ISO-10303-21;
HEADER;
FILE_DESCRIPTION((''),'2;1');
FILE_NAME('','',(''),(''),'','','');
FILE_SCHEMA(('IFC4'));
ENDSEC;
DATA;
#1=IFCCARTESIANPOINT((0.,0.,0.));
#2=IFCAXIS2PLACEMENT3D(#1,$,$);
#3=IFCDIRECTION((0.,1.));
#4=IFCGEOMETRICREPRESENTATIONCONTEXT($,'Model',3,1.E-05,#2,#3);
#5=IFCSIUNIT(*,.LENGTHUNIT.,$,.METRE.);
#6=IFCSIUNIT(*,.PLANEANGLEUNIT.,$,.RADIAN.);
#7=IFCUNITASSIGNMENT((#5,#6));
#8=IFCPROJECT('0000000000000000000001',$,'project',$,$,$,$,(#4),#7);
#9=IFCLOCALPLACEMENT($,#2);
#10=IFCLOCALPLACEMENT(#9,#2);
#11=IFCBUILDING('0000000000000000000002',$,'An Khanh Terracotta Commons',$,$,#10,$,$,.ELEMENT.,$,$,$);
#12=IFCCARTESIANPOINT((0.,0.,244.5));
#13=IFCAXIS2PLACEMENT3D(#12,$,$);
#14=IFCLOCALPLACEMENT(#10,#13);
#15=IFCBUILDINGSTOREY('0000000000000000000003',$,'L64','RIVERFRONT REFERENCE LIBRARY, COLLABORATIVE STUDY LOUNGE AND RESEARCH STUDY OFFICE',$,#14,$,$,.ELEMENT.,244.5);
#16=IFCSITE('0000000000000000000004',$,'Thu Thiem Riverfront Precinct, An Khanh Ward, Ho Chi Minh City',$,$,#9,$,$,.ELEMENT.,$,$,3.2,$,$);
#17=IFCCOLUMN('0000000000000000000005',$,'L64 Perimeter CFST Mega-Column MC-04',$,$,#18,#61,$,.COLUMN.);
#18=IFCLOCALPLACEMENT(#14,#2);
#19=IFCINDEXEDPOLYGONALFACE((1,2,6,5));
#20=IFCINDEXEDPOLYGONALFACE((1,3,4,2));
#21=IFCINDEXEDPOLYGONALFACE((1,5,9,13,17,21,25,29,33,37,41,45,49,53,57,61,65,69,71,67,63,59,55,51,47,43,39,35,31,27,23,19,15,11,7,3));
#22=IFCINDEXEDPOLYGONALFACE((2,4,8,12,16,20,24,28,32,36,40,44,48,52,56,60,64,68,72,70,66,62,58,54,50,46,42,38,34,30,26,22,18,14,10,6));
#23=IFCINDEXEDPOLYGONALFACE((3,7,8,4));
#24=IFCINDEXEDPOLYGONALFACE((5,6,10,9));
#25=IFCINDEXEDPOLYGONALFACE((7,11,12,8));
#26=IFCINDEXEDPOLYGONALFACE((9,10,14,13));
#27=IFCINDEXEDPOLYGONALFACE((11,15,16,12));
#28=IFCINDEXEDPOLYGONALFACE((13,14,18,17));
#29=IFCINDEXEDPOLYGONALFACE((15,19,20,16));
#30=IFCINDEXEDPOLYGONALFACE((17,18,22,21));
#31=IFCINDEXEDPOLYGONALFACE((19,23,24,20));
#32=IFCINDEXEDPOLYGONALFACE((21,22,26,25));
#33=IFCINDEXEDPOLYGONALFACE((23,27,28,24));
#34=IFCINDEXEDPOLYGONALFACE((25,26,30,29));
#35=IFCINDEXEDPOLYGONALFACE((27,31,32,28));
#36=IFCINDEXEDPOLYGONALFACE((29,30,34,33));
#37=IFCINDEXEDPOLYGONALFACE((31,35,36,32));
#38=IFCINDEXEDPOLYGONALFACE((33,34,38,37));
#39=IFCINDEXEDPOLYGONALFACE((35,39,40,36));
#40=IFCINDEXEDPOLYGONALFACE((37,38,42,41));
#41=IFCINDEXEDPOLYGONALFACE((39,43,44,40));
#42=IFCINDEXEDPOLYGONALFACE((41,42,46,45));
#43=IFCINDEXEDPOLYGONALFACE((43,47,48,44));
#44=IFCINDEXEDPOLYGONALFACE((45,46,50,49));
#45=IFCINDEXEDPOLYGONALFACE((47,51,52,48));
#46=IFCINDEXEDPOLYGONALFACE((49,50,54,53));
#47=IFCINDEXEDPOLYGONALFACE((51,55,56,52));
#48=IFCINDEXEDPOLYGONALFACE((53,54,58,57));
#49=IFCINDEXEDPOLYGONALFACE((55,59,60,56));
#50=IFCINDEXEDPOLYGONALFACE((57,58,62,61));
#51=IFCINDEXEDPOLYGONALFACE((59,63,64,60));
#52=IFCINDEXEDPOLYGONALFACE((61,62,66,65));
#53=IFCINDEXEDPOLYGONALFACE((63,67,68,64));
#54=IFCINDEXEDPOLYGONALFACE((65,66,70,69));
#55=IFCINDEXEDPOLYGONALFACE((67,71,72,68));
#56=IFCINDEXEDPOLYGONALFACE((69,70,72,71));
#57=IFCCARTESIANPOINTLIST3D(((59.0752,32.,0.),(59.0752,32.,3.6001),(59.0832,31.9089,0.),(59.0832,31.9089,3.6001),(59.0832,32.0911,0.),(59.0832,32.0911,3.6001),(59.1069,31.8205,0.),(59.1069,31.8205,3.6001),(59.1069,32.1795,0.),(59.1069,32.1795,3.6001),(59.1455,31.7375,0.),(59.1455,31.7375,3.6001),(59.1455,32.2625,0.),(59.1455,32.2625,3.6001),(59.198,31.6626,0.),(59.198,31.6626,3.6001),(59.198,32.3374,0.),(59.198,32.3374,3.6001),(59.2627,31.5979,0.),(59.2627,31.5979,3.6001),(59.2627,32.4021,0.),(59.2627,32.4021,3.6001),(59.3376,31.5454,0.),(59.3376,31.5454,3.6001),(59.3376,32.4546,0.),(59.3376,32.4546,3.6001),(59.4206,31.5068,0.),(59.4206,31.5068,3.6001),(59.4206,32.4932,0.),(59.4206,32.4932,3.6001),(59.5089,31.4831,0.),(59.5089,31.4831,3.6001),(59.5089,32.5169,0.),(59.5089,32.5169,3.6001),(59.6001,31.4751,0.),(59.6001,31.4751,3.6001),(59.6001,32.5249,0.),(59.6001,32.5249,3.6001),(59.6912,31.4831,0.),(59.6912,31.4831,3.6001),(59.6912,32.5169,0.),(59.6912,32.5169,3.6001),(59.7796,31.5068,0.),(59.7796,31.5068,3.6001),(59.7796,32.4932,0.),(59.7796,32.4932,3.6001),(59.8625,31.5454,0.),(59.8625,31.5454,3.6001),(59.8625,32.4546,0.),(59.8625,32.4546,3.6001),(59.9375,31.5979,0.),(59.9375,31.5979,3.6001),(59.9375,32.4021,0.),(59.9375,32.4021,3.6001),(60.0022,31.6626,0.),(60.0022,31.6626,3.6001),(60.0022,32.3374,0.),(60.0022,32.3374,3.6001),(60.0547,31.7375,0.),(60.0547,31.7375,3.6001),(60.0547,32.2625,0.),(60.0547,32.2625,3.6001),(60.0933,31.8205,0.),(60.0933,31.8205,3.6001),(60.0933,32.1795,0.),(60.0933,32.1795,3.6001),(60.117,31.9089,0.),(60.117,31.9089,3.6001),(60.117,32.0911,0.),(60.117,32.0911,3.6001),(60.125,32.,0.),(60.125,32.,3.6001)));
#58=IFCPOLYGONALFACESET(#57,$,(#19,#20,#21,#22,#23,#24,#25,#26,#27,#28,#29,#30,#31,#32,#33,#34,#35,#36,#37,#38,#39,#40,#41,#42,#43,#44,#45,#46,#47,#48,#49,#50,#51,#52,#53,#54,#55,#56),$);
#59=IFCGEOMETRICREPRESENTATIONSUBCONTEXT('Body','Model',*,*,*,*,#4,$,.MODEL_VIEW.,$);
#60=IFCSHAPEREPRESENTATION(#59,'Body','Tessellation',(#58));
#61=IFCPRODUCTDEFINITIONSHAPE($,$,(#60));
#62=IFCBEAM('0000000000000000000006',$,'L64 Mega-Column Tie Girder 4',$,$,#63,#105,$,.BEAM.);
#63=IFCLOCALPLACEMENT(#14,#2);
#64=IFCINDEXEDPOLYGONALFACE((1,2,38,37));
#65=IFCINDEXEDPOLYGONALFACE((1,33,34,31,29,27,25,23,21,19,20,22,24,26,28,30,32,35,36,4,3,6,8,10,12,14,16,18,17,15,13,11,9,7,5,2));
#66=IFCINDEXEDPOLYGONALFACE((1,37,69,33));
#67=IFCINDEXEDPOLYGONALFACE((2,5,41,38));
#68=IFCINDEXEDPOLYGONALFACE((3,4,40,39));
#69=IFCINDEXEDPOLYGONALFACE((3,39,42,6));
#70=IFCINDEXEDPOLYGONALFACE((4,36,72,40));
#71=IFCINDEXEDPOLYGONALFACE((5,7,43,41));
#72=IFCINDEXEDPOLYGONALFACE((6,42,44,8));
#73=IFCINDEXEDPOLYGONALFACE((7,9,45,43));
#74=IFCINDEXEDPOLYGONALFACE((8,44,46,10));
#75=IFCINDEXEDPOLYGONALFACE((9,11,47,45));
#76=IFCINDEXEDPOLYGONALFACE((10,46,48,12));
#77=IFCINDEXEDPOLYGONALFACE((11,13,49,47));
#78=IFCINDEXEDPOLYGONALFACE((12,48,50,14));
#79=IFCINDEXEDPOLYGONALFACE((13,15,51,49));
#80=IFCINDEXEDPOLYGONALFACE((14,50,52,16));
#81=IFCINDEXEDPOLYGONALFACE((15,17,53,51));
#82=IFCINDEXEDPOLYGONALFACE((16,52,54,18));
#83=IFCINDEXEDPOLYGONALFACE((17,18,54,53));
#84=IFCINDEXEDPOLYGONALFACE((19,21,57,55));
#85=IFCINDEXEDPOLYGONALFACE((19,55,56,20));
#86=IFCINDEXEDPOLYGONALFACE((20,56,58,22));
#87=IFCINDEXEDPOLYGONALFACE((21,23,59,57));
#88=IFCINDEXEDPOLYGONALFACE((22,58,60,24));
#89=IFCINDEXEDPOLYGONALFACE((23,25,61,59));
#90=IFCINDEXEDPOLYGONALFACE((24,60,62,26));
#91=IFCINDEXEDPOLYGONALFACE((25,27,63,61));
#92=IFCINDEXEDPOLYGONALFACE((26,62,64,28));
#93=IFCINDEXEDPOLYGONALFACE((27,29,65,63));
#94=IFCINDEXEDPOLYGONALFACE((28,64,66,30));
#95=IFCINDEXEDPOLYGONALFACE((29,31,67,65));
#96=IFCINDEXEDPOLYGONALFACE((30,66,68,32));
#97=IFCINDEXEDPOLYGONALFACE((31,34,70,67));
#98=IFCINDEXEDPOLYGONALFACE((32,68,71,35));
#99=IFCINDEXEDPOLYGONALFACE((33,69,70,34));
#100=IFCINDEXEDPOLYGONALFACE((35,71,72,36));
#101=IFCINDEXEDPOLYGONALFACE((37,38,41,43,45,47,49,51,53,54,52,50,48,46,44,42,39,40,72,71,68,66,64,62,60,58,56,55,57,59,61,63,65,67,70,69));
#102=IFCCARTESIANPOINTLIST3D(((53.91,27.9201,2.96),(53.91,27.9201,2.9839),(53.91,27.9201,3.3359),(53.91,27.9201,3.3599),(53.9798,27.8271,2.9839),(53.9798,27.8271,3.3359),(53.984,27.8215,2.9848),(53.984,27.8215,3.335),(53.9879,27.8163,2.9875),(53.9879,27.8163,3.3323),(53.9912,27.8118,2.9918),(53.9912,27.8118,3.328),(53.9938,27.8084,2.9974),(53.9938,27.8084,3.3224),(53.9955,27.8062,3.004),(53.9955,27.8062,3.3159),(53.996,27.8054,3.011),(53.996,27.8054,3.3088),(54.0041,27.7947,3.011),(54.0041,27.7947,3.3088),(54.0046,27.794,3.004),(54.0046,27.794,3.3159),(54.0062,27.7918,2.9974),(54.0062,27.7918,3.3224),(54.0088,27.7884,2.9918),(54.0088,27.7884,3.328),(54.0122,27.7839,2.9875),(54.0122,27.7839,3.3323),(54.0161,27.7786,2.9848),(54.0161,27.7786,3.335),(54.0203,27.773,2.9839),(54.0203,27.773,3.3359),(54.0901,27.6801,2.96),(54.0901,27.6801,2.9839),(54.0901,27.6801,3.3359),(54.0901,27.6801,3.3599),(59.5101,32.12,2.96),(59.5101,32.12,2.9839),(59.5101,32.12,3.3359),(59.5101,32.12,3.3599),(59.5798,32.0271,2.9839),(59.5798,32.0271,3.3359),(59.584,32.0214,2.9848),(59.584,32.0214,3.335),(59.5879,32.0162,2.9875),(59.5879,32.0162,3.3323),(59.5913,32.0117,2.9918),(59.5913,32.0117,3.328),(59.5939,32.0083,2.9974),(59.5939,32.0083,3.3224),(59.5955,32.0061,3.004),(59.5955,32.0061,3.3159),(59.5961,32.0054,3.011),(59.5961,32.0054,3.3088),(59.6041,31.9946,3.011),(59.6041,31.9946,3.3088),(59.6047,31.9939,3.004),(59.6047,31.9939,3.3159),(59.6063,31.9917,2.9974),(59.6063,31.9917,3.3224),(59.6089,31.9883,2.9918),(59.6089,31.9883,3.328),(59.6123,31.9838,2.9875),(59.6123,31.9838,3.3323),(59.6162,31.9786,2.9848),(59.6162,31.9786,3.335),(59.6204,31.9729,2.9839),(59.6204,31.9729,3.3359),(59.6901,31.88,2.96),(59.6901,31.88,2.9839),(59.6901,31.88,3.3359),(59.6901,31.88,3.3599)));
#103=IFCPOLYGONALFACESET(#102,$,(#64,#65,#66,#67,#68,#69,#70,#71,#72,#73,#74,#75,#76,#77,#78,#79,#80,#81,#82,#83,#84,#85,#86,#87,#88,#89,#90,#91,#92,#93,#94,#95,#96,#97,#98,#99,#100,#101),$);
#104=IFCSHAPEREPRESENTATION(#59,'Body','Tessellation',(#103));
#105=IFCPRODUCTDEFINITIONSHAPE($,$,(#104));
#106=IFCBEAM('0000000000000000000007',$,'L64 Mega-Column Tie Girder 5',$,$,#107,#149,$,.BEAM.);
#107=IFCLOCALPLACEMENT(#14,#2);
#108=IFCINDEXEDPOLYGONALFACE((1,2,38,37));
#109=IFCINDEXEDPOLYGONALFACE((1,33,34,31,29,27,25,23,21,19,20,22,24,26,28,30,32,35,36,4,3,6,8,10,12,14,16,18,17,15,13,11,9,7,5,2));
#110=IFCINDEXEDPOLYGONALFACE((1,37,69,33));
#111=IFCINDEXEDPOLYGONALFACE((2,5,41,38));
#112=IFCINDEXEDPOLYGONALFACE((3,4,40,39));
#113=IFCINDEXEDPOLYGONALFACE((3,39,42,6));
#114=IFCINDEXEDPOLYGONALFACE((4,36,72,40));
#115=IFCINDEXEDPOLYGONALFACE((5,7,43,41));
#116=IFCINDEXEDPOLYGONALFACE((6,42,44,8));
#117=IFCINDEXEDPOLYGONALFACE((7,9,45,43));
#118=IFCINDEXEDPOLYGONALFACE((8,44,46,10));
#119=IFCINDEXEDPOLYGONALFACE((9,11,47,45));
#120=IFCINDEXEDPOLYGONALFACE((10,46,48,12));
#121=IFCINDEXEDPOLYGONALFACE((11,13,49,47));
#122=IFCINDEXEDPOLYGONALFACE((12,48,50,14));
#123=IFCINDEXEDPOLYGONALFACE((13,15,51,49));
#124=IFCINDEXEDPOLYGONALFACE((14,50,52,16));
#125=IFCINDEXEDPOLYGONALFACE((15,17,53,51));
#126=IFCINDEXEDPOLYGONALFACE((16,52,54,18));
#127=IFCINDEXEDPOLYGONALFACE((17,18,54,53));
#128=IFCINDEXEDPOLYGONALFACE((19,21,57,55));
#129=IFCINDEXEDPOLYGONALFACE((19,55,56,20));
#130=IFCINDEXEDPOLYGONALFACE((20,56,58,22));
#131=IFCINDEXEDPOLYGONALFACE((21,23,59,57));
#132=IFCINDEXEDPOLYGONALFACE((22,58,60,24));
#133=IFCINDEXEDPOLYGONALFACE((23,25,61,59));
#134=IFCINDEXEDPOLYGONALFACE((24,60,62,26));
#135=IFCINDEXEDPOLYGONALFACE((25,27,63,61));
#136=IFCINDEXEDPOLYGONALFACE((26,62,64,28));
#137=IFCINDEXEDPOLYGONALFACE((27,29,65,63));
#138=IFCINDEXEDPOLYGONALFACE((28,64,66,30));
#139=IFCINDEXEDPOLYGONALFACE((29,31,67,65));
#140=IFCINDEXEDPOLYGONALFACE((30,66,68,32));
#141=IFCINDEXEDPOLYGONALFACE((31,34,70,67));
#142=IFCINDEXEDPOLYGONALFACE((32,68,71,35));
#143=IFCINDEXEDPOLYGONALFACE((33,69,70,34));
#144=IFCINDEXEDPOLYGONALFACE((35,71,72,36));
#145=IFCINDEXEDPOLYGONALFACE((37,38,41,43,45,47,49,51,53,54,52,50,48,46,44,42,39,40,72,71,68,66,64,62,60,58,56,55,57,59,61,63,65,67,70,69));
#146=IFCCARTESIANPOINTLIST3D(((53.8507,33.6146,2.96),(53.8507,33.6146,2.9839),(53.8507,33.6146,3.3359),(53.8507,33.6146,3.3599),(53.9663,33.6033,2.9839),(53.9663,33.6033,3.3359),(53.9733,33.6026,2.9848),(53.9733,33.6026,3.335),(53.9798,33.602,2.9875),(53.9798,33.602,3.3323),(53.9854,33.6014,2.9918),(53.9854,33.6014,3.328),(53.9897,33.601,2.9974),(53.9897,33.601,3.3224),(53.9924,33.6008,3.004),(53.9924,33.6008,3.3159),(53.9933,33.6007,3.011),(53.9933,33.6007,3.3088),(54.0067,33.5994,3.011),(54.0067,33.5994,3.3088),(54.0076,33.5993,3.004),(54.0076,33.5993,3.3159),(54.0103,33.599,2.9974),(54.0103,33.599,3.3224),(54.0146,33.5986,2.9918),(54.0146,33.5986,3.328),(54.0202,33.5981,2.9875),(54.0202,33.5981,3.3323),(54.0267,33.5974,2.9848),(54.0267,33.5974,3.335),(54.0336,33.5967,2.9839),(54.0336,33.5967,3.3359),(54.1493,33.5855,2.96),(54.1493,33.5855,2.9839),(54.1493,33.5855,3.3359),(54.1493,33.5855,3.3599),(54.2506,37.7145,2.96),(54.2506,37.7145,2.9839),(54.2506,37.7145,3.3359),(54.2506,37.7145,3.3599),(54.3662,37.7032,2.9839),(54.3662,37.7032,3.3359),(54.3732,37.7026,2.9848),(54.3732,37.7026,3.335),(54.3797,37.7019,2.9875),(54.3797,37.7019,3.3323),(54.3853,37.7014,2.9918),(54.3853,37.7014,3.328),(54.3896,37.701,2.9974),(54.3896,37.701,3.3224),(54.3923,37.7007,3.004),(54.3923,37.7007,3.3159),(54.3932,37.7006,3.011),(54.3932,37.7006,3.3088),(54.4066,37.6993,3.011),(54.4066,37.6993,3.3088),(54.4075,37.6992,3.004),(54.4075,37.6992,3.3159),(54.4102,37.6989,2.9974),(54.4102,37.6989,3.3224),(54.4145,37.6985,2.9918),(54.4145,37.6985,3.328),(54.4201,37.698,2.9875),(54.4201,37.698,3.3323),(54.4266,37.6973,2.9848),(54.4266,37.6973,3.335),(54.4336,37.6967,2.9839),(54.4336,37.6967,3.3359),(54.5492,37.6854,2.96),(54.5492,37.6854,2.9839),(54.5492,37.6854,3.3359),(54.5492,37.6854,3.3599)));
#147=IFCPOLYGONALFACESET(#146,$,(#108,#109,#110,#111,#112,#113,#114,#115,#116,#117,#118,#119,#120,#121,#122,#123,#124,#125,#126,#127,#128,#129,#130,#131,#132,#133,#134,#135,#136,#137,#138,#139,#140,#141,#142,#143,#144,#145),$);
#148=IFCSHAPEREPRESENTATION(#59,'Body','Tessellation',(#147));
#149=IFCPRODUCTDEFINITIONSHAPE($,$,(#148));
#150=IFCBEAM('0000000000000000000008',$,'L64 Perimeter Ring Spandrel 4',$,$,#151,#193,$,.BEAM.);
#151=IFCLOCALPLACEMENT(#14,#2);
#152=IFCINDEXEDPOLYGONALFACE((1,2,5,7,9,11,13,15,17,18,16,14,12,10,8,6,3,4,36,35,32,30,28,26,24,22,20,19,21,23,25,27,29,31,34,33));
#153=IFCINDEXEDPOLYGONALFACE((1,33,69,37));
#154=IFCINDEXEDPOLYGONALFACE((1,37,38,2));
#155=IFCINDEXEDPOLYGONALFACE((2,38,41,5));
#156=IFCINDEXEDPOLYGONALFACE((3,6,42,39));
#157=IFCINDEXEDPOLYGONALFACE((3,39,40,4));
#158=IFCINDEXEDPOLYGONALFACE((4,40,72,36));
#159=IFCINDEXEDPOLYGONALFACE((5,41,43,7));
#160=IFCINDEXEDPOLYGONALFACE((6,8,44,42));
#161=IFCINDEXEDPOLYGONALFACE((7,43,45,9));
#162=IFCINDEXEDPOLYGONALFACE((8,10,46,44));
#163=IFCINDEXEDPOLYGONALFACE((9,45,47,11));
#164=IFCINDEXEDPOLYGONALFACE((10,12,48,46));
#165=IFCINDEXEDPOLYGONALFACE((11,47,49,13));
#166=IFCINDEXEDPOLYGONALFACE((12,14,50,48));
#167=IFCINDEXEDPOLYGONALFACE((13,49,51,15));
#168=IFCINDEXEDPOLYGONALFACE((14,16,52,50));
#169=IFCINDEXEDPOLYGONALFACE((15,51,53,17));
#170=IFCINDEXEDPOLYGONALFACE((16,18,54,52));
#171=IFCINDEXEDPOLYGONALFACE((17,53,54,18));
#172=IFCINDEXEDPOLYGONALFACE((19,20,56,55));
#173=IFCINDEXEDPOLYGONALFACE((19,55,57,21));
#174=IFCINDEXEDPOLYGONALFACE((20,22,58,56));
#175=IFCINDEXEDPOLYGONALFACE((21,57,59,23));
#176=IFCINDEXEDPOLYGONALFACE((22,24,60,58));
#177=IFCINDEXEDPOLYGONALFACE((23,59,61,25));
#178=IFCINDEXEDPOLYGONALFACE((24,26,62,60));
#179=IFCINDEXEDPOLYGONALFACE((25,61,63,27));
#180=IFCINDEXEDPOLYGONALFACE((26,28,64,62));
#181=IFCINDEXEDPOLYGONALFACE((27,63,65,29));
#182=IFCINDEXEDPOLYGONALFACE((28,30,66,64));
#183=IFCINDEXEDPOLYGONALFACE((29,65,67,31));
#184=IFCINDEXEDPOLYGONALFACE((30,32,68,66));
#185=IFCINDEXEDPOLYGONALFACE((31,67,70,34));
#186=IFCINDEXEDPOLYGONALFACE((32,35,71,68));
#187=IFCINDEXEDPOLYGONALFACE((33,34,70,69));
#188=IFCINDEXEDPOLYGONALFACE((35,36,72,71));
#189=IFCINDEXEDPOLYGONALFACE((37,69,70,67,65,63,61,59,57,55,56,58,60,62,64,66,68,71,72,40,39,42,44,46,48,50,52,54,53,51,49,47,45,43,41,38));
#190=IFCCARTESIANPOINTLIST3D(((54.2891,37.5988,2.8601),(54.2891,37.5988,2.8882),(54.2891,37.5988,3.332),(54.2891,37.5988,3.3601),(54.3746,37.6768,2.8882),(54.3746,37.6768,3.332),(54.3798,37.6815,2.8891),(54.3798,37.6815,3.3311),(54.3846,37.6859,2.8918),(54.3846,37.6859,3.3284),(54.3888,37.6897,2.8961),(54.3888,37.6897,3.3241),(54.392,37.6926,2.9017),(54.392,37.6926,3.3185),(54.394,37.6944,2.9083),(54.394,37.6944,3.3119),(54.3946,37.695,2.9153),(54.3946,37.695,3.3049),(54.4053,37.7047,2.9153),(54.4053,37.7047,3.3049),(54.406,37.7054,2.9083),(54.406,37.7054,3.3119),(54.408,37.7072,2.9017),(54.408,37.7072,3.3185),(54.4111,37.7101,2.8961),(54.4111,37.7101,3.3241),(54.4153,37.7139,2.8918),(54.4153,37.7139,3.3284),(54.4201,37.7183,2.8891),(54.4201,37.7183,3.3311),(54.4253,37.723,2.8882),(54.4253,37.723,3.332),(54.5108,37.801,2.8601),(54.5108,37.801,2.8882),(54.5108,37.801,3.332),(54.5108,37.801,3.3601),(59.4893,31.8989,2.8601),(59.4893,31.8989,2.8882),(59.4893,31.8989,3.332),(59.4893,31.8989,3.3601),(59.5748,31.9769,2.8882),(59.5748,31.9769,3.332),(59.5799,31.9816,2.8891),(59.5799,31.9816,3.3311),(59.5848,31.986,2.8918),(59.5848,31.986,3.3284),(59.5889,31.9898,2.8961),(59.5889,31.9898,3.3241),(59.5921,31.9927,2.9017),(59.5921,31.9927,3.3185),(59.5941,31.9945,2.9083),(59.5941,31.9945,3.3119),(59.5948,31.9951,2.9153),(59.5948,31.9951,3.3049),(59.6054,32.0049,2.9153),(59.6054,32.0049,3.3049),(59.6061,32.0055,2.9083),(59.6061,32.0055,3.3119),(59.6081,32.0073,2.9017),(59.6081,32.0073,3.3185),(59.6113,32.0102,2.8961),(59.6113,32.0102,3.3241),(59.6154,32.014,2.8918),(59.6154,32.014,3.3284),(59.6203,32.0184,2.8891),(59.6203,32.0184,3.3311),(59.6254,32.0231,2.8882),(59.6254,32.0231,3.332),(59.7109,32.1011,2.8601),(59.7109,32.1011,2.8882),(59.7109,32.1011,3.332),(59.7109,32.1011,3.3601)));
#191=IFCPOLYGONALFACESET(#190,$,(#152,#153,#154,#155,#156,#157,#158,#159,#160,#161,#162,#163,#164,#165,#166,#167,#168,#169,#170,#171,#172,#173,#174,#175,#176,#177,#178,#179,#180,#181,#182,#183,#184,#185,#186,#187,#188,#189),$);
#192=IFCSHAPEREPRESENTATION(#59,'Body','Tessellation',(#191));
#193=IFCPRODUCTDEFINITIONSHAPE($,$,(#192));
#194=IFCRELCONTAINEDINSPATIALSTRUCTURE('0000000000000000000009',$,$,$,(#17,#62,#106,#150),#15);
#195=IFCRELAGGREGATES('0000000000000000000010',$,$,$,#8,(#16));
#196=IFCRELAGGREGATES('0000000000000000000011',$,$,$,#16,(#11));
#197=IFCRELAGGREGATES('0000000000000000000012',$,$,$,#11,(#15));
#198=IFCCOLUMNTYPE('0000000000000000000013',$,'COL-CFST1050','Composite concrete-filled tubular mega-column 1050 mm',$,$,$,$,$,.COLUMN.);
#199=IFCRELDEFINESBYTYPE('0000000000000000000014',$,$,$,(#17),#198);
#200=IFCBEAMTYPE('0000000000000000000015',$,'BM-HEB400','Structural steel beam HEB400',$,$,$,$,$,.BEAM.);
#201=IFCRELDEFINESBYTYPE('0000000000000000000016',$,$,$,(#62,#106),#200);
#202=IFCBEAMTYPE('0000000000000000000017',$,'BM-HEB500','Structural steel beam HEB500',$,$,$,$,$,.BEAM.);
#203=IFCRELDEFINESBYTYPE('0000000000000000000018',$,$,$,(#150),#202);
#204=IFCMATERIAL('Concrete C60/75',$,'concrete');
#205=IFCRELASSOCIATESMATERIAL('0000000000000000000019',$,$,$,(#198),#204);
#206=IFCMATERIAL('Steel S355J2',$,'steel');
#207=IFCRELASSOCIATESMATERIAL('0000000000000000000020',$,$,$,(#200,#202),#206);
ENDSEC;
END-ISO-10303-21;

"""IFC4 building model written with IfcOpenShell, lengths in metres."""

from ifc_helpers import new_model, si_unit, direction, frame, origin, origin_2d, place, context, subcontext, project, spatial, circle, i_section, extrude, material, material_profile, profile_set, type_object, element, save


model = new_model("IFC4")

# Units and contexts
model_context = context("Model", 3, precision=1e-05, world=origin(), true_north=direction((0.0, 1.0)))
body_context = subcontext(model_context, "Body", "Model", "MODEL_VIEW")
ifc_project = project(units=[si_unit("LENGTHUNIT", "METRE"), si_unit("PLANEANGLEUNIT", "RADIAN")], contexts=[model_context])

# Site, building, storey
site_placement = place(None, origin())
site = spatial("IfcSite", under=ifc_project, at=site_placement, Name="Thu Thiem Riverfront Precinct, An Khanh Ward, Ho Chi Minh City", CompositionType="ELEMENT", RefElevation=3.2)
building_placement = place(site_placement, origin())
building = spatial("IfcBuilding", under=site, at=building_placement, Name="An Khanh Terracotta Commons", CompositionType="ELEMENT")
storey_placement = place(building_placement, frame((0.0, 0.0, 244.5)))
storey = spatial("IfcBuildingStorey", under=building, at=storey_placement, Name="L64", Description="RIVERFRONT REFERENCE LIBRARY, COLLABORATIVE STUDY LOUNGE AND RESEARCH STUDY OFFICE", CompositionType="ELEMENT", Elevation=244.5)

# Column
ifc_material_1 = material(Name="Concrete C60/75", Category="concrete")
ifc_material_profile_1 = material_profile(ifc_material_1, circle(Radius=0.5249, at=origin_2d()), Name="CFST1050")
ifc_profile_set_1 = profile_set([ifc_material_profile_1], Name="Concrete C60/75")
column_type = type_object("IfcColumnType", Name="COL-CFST1050", Description="Composite concrete-filled tubular mega-column 1050 mm", PredefinedType="COLUMN", material=ifc_profile_set_1)
column_placement = place(storey_placement, frame((59.6001, 32.0, 0.0), z_axis=(0.0, 0.0, 1.0), x_axis=(1.0, 0.0, 0.0)))
element("IfcColumn", 1, at=column_placement, inside=storey, type_object=column_type, Name="L64 Perimeter CFST Mega-Column MC-04", PredefinedType="COLUMN", context=body_context, shape_type="SweptSolid", body=[
    extrude(circle(Radius=0.5249, at=origin_2d()), origin(), (0.0, 0.0, 1.0), 3.6001),
])

# Beams
ifc_material_2 = material(Name="Steel S355J2", Category="steel")
ifc_material_profile_2 = material_profile(ifc_material_2, i_section(OverallWidth=0.3, OverallDepth=0.3999, WebThickness=0.0134, FlangeThickness=0.0239, FilletRadius=0.0271, at=origin_2d()), Name="HEB400")
ifc_profile_set_2 = profile_set([ifc_material_profile_2], Name="Steel S355J2")
beam_type_1 = type_object("IfcBeamType", Name="BM-HEB400", Description="Structural steel beam HEB400", PredefinedType="BEAM", material=ifc_profile_set_2)
beam_1_placement = place(storey_placement, frame((59.6001, 32.0, 3.1599), z_axis=(-0.800008, -0.599989, 0.0), x_axis=(0.599989, -0.800008, 0.0)))
element("IfcBeam", 2, at=beam_1_placement, inside=storey, type_object=beam_type_1, Name="L64 Mega-Column Tie Girder 4", PredefinedType="BEAM", context=body_context, shape_type="SweptSolid", body=[
    extrude(i_section(OverallWidth=0.3, OverallDepth=0.3999, WebThickness=0.0134, FlangeThickness=0.0239, FilletRadius=0.0271, at=origin_2d()), origin(), (0.0, 0.0, 1.0), 7.0),
])
beam_2_placement = place(storey_placement, frame((54.3999, 37.7, 3.1599), z_axis=(-0.09708, -0.995277, 0.0), x_axis=(0.995277, -0.09708, 0.0)))
element("IfcBeam", 3, at=beam_2_placement, inside=storey, type_object=beam_type_1, Name="L64 Mega-Column Tie Girder 5", PredefinedType="BEAM", context=body_context, shape_type="SweptSolid", body=[
    extrude(i_section(OverallWidth=0.3, OverallDepth=0.3999, WebThickness=0.0134, FlangeThickness=0.0239, FilletRadius=0.0271, at=origin_2d()), origin(), (0.0, 0.0, 1.0), 4.1194),
])
ifc_material_profile_3 = material_profile(ifc_material_2, i_section(OverallWidth=0.3, OverallDepth=0.5, WebThickness=0.0144, FlangeThickness=0.0281, FilletRadius=0.0271, at=origin_2d()), Name="HEB500")
ifc_profile_set_3 = profile_set([ifc_material_profile_3], Name="Steel S355J2")
beam_type_2 = type_object("IfcBeamType", Name="BM-HEB500", Description="Structural steel beam HEB500", PredefinedType="BEAM", material=ifc_profile_set_3)
beam_3_placement = place(storey_placement, frame((59.6001, 32.0, 3.1101), z_axis=(-0.673979, 0.738751, 0.0), x_axis=(-0.738751, -0.673979, 0.0)))
element("IfcBeam", 4, at=beam_3_placement, inside=storey, type_object=beam_type_2, Name="L64 Perimeter Ring Spandrel 4", PredefinedType="BEAM", context=body_context, shape_type="SweptSolid", body=[
    extrude(i_section(OverallWidth=0.3, OverallDepth=0.5, WebThickness=0.0144, FlangeThickness=0.0281, FilletRadius=0.0271, at=origin_2d()), origin(), (0.0, 0.0, 1.0), 7.7156),
])

save(model, "model.ifc")
